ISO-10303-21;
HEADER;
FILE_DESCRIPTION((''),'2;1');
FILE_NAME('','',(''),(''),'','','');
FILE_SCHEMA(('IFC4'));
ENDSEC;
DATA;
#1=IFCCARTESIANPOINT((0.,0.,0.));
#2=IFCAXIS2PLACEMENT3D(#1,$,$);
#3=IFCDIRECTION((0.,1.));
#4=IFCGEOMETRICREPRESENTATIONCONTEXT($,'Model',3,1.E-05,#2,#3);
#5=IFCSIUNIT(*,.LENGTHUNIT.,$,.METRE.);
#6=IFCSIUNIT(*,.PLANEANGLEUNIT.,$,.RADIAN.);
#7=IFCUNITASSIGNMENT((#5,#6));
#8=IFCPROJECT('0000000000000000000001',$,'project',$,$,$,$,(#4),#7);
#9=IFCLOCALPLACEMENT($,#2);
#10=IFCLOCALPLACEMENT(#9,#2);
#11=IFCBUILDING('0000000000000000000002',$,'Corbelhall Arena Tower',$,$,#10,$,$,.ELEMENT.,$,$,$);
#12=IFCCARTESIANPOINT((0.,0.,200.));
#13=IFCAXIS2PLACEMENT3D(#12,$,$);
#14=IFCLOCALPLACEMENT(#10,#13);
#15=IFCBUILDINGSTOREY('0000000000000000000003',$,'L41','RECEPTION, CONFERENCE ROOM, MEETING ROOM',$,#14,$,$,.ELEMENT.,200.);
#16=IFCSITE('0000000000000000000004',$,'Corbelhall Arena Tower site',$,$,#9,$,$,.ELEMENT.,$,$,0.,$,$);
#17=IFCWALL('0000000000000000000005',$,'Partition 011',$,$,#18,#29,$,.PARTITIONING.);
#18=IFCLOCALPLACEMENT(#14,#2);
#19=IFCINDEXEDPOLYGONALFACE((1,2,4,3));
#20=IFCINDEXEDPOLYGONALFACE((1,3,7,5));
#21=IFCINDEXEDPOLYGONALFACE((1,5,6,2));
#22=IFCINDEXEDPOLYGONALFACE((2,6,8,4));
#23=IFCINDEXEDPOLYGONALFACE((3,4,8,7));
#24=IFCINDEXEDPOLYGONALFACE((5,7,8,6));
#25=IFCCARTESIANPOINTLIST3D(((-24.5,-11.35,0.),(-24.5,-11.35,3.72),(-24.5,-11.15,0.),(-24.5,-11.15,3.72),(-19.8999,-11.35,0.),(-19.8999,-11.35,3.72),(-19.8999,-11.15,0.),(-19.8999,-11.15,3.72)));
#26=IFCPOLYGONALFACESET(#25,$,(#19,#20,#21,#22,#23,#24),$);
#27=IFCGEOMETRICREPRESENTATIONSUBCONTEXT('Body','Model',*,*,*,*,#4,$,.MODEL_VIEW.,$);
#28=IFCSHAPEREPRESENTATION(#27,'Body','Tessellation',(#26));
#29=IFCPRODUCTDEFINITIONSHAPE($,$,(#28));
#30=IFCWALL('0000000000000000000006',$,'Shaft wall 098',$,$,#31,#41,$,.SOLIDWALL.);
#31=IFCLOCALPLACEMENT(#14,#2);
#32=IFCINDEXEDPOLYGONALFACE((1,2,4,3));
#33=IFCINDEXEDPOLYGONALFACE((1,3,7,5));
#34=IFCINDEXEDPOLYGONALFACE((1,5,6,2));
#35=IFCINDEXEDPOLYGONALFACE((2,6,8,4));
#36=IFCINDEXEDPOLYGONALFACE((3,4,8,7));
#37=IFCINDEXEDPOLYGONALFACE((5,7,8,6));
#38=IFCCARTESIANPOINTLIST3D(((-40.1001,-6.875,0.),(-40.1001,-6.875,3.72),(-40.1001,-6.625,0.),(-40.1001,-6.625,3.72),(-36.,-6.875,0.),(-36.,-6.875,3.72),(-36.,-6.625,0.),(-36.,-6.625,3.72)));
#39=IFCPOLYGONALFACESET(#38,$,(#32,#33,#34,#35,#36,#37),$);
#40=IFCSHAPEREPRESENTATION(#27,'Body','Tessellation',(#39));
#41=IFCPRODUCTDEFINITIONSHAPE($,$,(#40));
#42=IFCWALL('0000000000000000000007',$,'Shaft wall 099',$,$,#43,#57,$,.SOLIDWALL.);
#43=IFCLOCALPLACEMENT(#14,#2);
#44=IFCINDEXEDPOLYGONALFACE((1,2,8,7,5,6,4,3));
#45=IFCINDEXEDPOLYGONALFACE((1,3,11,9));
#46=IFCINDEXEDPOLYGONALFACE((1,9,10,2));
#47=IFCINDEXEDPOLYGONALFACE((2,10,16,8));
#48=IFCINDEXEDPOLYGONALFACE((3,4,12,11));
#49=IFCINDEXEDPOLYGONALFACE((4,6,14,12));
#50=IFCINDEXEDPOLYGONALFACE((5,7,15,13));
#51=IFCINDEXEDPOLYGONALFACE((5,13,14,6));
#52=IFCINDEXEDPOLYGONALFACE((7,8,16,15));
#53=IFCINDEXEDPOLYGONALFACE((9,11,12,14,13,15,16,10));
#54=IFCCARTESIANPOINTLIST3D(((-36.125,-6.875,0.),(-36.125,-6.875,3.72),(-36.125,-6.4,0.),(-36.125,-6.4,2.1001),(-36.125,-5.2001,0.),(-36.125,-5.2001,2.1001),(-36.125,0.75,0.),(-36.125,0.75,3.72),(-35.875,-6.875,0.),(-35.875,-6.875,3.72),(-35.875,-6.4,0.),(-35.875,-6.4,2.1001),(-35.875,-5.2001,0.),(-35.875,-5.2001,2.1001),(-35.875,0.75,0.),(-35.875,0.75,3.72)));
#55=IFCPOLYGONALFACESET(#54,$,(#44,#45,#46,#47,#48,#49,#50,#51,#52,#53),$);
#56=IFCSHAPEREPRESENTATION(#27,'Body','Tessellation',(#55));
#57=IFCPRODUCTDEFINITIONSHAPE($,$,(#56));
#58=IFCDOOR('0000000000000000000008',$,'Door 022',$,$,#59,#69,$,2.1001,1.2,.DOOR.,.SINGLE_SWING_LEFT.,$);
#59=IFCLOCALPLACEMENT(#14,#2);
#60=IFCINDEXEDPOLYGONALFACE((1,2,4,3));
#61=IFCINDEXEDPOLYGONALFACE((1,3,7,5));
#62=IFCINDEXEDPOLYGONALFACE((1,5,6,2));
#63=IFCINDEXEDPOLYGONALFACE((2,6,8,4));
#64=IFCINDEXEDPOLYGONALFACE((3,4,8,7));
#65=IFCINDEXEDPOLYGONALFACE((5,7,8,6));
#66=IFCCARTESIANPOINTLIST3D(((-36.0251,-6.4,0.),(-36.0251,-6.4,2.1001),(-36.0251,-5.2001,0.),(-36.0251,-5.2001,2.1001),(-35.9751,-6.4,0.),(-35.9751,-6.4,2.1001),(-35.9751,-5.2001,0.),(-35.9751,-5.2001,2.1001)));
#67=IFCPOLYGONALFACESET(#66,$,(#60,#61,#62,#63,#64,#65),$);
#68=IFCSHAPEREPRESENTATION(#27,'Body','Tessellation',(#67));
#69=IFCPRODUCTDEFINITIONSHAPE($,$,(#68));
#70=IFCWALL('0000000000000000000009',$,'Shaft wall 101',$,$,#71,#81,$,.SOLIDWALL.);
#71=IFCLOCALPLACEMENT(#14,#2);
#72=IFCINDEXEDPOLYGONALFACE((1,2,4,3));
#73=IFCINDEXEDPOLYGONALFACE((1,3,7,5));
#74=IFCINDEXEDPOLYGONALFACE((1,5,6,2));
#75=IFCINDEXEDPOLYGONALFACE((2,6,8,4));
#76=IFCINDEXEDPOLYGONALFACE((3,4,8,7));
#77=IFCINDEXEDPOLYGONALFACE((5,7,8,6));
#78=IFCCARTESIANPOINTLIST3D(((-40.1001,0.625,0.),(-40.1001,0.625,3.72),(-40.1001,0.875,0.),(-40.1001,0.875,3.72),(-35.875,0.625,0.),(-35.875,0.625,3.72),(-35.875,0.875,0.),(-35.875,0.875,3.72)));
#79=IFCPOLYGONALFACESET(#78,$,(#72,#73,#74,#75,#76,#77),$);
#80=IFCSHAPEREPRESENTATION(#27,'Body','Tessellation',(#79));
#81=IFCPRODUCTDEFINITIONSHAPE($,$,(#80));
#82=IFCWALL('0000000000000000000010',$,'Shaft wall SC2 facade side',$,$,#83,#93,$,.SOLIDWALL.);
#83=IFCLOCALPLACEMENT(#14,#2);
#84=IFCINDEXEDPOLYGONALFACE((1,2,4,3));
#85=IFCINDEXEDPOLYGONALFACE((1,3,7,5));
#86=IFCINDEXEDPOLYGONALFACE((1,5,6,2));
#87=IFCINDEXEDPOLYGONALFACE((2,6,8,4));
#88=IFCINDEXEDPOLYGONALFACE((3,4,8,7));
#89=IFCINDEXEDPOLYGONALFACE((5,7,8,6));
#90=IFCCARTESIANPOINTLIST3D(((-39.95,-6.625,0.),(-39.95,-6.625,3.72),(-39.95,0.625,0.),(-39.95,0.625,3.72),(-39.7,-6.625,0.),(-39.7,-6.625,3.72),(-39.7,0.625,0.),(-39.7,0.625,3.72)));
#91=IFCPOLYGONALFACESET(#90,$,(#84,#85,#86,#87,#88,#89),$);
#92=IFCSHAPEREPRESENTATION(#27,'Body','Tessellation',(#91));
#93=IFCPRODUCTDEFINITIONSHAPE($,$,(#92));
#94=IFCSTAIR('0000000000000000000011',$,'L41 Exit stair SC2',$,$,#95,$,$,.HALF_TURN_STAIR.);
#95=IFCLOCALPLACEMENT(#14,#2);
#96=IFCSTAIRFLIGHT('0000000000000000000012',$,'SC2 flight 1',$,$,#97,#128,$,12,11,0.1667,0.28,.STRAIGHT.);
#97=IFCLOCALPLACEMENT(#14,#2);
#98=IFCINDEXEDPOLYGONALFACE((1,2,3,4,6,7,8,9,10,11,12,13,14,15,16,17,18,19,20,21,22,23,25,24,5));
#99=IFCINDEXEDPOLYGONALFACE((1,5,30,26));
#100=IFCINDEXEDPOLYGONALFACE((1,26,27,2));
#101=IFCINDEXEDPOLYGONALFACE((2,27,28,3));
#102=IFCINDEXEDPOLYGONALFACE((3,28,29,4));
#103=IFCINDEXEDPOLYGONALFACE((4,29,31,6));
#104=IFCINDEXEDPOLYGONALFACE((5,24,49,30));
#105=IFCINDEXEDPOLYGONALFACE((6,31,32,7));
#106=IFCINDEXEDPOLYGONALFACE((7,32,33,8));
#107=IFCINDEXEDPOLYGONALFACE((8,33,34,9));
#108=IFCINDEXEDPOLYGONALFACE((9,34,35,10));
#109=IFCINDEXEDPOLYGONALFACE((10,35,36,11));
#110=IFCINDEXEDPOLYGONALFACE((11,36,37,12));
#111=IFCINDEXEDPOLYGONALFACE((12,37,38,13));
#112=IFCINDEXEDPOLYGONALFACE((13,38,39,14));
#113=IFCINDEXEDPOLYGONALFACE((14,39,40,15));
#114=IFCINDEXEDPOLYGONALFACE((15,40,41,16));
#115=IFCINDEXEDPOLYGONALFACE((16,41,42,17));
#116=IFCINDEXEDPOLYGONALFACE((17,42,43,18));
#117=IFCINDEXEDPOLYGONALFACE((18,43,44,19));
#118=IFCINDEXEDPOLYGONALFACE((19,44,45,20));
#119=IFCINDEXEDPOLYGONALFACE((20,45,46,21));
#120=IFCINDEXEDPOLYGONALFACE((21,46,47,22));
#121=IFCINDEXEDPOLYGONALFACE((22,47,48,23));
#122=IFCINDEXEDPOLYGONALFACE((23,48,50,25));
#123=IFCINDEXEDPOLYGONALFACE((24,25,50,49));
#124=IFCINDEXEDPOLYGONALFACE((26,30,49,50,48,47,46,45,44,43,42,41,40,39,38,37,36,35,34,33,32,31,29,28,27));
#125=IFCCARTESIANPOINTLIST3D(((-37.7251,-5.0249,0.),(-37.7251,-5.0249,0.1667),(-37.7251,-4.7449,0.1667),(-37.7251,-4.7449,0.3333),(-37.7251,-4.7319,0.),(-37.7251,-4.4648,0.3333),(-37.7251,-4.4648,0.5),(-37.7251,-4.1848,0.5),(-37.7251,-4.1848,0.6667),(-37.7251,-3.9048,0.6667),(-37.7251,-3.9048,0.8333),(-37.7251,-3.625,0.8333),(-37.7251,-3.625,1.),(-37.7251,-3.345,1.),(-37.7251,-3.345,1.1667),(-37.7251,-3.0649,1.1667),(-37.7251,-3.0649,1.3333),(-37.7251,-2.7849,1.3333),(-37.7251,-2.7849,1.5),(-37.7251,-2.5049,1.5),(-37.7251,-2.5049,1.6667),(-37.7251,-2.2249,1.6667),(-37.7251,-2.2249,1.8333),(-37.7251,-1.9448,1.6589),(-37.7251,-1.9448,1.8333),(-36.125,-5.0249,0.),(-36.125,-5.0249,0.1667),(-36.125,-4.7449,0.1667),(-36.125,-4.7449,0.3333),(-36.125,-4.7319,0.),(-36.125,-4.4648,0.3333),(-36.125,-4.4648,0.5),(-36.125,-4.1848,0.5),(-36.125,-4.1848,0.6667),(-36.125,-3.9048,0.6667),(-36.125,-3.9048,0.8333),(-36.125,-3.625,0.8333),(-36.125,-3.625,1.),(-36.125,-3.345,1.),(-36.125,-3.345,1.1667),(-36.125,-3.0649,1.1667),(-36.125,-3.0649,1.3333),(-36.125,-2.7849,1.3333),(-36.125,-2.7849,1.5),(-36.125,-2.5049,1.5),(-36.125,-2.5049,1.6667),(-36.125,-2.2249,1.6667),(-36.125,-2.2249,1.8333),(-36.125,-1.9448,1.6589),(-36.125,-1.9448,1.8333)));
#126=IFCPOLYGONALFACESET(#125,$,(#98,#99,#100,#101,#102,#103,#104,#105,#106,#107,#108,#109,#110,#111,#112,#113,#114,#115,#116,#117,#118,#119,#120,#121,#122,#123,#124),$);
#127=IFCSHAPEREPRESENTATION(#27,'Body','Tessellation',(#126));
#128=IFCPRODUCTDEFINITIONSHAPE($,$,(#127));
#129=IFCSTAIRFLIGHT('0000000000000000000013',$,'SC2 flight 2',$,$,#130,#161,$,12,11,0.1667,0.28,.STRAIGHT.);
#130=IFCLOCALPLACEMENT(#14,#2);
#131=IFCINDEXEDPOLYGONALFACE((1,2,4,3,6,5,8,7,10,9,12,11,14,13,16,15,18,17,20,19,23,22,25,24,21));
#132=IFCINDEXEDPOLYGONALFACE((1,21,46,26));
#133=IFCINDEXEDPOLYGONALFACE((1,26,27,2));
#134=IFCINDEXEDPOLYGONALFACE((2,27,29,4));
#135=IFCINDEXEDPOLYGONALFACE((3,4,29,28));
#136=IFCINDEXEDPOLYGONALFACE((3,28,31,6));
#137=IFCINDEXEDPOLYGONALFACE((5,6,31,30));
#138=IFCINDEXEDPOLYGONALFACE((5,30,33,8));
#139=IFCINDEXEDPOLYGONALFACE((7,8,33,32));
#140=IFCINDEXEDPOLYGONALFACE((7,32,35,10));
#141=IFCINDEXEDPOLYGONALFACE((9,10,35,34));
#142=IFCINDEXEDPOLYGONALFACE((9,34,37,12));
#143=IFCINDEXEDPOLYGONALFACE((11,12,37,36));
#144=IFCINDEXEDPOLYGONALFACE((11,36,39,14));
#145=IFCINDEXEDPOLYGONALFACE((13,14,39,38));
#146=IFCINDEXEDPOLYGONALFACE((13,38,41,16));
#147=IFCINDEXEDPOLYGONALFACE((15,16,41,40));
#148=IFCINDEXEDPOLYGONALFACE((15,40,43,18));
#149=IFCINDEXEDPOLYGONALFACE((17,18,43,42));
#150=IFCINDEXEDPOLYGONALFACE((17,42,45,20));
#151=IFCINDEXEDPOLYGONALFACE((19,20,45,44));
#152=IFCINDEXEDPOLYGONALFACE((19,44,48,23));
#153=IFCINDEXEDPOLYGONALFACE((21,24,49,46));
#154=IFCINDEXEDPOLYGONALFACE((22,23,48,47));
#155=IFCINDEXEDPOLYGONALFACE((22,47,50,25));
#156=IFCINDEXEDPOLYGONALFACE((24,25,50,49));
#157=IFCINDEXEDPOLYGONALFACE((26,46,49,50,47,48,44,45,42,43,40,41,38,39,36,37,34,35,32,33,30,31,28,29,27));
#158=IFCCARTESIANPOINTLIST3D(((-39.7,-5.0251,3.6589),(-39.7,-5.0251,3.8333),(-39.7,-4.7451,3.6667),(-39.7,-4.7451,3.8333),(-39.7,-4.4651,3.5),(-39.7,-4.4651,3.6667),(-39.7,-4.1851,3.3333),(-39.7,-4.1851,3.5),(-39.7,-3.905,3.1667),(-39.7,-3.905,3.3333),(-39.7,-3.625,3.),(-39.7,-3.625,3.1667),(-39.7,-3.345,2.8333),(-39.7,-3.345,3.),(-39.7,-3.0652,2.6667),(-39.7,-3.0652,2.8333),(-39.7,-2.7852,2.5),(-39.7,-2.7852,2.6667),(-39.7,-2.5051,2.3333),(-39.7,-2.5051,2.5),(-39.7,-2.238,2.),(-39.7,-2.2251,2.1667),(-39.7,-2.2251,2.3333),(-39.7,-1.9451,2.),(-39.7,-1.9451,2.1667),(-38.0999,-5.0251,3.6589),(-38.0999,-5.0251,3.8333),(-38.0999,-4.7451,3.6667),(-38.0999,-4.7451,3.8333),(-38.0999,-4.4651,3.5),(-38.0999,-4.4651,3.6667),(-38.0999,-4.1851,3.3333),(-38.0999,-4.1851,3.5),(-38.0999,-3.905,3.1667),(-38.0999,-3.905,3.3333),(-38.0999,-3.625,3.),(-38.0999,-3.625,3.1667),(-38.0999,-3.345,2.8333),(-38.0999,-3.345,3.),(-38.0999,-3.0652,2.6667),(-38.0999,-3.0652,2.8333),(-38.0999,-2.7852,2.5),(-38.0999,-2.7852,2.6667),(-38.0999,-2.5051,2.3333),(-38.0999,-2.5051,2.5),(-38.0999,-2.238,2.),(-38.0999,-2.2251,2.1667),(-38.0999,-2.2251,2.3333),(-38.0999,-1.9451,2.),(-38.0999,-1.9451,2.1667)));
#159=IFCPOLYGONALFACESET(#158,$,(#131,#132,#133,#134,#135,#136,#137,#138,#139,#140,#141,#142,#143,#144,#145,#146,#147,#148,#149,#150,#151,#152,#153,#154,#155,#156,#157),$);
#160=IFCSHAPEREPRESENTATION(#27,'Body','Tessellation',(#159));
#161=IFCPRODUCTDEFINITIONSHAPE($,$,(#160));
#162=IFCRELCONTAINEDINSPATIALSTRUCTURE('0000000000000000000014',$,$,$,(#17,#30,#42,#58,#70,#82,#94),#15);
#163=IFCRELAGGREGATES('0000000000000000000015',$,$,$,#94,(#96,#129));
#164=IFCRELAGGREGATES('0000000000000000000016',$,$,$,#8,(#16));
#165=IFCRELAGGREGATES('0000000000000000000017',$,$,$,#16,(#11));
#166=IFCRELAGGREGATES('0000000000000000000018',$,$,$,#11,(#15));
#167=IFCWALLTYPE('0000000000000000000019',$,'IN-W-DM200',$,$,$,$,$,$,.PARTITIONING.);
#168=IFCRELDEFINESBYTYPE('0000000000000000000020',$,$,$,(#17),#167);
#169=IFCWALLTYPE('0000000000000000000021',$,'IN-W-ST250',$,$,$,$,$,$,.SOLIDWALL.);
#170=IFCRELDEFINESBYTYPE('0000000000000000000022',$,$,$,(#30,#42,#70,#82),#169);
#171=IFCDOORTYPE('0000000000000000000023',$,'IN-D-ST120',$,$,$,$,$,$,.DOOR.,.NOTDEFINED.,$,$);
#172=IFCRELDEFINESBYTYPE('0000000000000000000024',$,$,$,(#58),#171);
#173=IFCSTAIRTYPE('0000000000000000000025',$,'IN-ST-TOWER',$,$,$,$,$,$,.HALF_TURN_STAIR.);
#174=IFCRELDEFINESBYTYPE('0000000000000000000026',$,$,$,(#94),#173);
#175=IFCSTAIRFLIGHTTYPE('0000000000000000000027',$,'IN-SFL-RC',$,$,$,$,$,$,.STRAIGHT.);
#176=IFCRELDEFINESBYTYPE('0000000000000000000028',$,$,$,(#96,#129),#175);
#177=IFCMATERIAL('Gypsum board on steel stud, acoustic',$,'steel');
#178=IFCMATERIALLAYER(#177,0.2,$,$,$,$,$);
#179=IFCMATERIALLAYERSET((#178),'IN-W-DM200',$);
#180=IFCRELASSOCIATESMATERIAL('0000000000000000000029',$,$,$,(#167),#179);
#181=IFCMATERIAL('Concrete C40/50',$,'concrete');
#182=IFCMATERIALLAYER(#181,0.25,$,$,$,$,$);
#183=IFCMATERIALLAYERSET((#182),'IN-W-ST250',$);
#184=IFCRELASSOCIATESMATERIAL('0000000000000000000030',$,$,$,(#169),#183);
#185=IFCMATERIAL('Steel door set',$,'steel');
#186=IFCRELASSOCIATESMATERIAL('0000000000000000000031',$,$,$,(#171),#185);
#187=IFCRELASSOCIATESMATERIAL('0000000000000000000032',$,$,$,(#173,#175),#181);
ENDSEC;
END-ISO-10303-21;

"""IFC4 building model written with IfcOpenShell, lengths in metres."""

from ifc_helpers import new_model, si_unit, direction, frame, frame_2d, origin, place, context, subcontext, project, spatial, polyline, rectangle, outline, extrude, material, layer, layer_set, type_object, element, fill, aggregate, save


model = new_model("IFC4")

# Units and contexts
model_context = context("Model", 3, precision=1e-05, world=origin(), true_north=direction((0.0, 1.0)))
body_context = subcontext(model_context, "Body", "Model", "MODEL_VIEW")
ifc_project = project(units=[si_unit("LENGTHUNIT", "METRE"), si_unit("PLANEANGLEUNIT", "RADIAN")], contexts=[model_context])

# Site, building, storey
site_placement = place(None, origin())
site = spatial("IfcSite", under=ifc_project, at=site_placement, Name="Corbelhall Arena Tower site", CompositionType="ELEMENT", RefElevation=0.0)
building_placement = place(site_placement, origin())
building = spatial("IfcBuilding", under=site, at=building_placement, Name="Corbelhall Arena Tower", CompositionType="ELEMENT")
storey_placement = place(building_placement, frame((0.0, 0.0, 200.0)))
storey = spatial("IfcBuildingStorey", under=building, at=storey_placement, Name="L41", Description="RECEPTION, CONFERENCE ROOM, MEETING ROOM", CompositionType="ELEMENT", Elevation=200.0)

# Shared definitions
ifc_material_1 = material(Name="Gypsum board on steel stud, acoustic", Category="steel")
ifc_layer_1 = layer(ifc_material_1, 0.2)
ifc_layer_set_1 = layer_set([ifc_layer_1], Name="IN-W-DM200")
wall_type_1 = type_object("IfcWallType", Name="IN-W-DM200", PredefinedType="PARTITIONING", material=ifc_layer_set_1)

# Shared definitions
ifc_material_2 = material(Name="Steel door set", Category="steel")

# Walls
wall_1_placement = place(storey_placement, frame((-24.5, -11.25, 0.0), z_axis=(0.0, 0.0, 1.0), x_axis=(1.0, 0.0, 0.0)))
element("IfcWall", 1, at=wall_1_placement, inside=storey, type_object=wall_type_1, Name="Partition 011", PredefinedType="PARTITIONING", context=body_context, shape_type="SweptSolid", body=[
    extrude(rectangle(XDim=4.6001, YDim=0.2, at=frame_2d((2.3, 0.0))), origin(), (0.0, 0.0, 1.0), 3.72),
])
ifc_material_3 = material(Name="Concrete C40/50", Category="concrete")
ifc_layer_2 = layer(ifc_material_3, 0.25)
ifc_layer_set_2 = layer_set([ifc_layer_2], Name="IN-W-ST250")
wall_type_2 = type_object("IfcWallType", Name="IN-W-ST250", PredefinedType="SOLIDWALL", material=ifc_layer_set_2)
wall_2_placement = place(storey_placement, frame((-36.0, -6.75, 0.0), z_axis=(0.0, 0.0, 1.0), x_axis=(-1.0, 0.0, 0.0)))
element("IfcWall", 2, at=wall_2_placement, inside=storey, type_object=wall_type_2, Name="Shaft wall 098", PredefinedType="SOLIDWALL", context=body_context, shape_type="SweptSolid", body=[
    extrude(rectangle(XDim=4.1001, YDim=0.25, at=frame_2d((2.05, 0.0))), origin(), (0.0, 0.0, 1.0), 3.72),
])

# Wall, opening, door
wall_3_placement = place(storey_placement, frame((-36.0, 0.75, 0.0), z_axis=(0.0, 0.0, 1.0), x_axis=(0.0, -1.0, 0.0)))
wall_3 = element("IfcWall", 3, at=wall_3_placement, inside=storey, type_object=wall_type_2, Name="Shaft wall 099", PredefinedType="SOLIDWALL", context=body_context, shape_type="SweptSolid", body=[
    extrude(rectangle(XDim=7.625, YDim=0.25, at=frame_2d((3.8125, 0.0))), origin(), (0.0, 0.0, 1.0), 3.72),
])
opening_1_placement = place(wall_3_placement, frame((5.95, 0.0, 0.0)))
opening_1 = element("IfcOpeningElement", 4, at=opening_1_placement, cuts=wall_3, PredefinedType="OPENING", context=body_context, shape_type="SweptSolid", body=[
    extrude(rectangle(XDim=1.2, YDim=2.1001, at=frame_2d((0.6001, 1.05))), frame((0.0, 0.125, 0.0), z_axis=(0.0, -1.0, 0.0), x_axis=(1.0, 0.0, 0.0)), (0.0, 0.0, 1.0), 0.25),
])
door_type_1 = type_object("IfcDoorType", Name="IN-D-ST120", OperationType="NOTDEFINED", PredefinedType="DOOR", material=ifc_material_2)
door_1_placement = place(opening_1_placement, origin())
door_1 = element("IfcDoor", 5, at=door_1_placement, inside=storey, type_object=door_type_1, Name="Door 022", OperationType="SINGLE_SWING_LEFT", OverallHeight=2.1001, OverallWidth=1.2, PredefinedType="DOOR", context=body_context, shape_type="SweptSolid", body=[
    extrude(rectangle(XDim=1.2, YDim=2.1001, at=frame_2d((0.6001, 1.05))), frame((0.0, 0.0249, 0.0), z_axis=(0.0, -1.0, 0.0), x_axis=(1.0, 0.0, 0.0)), (0.0, 0.0, 1.0), 0.05),
])
fill(opening_1, door_1)

# Walls
wall_4_placement = place(storey_placement, frame((-35.875, 0.75, 0.0), z_axis=(0.0, 0.0, 1.0), x_axis=(-1.0, 0.0, 0.0)))
element("IfcWall", 6, at=wall_4_placement, inside=storey, type_object=wall_type_2, Name="Shaft wall 101", PredefinedType="SOLIDWALL", context=body_context, shape_type="SweptSolid", body=[
    extrude(rectangle(XDim=4.2251, YDim=0.25, at=frame_2d((2.1125, 0.0))), origin(), (0.0, 0.0, 1.0), 3.72),
])
wall_5_placement = place(storey_placement, frame((-39.825, -6.625, 0.0), z_axis=(0.0, 0.0, 1.0), x_axis=(0.0, 1.0, 0.0)))
element("IfcWall", 7, at=wall_5_placement, inside=storey, type_object=wall_type_2, Name="Shaft wall SC2 facade side", PredefinedType="SOLIDWALL", context=body_context, shape_type="SweptSolid", body=[
    extrude(rectangle(XDim=7.25, YDim=0.25, at=frame_2d((3.625, 0.0))), origin(), (0.0, 0.0, 1.0), 3.72),
])

# Stair, stair flights
stair_type = type_object("IfcStairType", Name="IN-ST-TOWER", PredefinedType="HALF_TURN_STAIR", material=ifc_material_3)
stair_placement = place(storey_placement, origin())
stair = element("IfcStair", 8, at=stair_placement, inside=storey, type_object=stair_type, Name="L41 Exit stair SC2", PredefinedType="HALF_TURN_STAIR")
stair_flight_type = type_object("IfcStairFlightType", Name="IN-SFL-RC", PredefinedType="STRAIGHT", material=ifc_material_3)
stair_flight_1_placement = place(storey_placement, frame((-36.925, -5.0249, 0.0), z_axis=(0.0, 0.0, 1.0), x_axis=(0.0, 1.0, 0.0)))
stair_flight_1 = element("IfcStairFlight", 9, at=stair_flight_1_placement, type_object=stair_flight_type, Name="SC2 flight 1", NumberOfRisers=12, NumberOfTreads=11, PredefinedType="STRAIGHT", RiserHeight=0.1667, TreadLength=0.28, context=body_context, shape_type="SweptSolid", body=[
    extrude(outline(polyline([(0.0, 0.0), (0.0, 0.1667), (0.28, 0.1667), (0.28, 0.3333), (0.5601, 0.3333), (0.5601, 0.5), (0.8401, 0.5), (0.8401, 0.6667), (1.1201, 0.6667), (1.1201, 0.8333), (1.3999, 0.8333), (1.3999, 1.0), (1.6799, 1.0), (1.6799, 1.1667), (1.96, 1.1667), (1.96, 1.3333), (2.24, 1.3333), (2.24, 1.5), (2.52, 1.5), (2.52, 1.6667), (2.8, 1.6667), (2.8, 1.8333), (3.0801, 1.8333), (3.0801, 2.0), (3.0801, 1.6589), (0.293, 0.0), (0.0, 0.0)])), frame((0.0, 0.8, 0.0), z_axis=(0.0, -1.0, 0.0), x_axis=(1.0, 0.0, 0.0)), (0.0, 0.0, 1.0), 1.6001),
])
stair_flight_2_placement = place(storey_placement, frame((-38.8999, -1.9451, 2.0), z_axis=(0.0, 0.0, 1.0), x_axis=(0.0, -1.0, 0.0)))
stair_flight_2 = element("IfcStairFlight", 10, at=stair_flight_2_placement, type_object=stair_flight_type, Name="SC2 flight 2", NumberOfRisers=12, NumberOfTreads=11, PredefinedType="STRAIGHT", RiserHeight=0.1667, TreadLength=0.28, context=body_context, shape_type="SweptSolid", body=[
    extrude(outline(polyline([(0.0, 0.0), (0.0, 0.1667), (0.28, 0.1667), (0.28, 0.3333), (0.5601, 0.3333), (0.5601, 0.5), (0.8401, 0.5), (0.8401, 0.6667), (1.1201, 0.6667), (1.1201, 0.8333), (1.3999, 0.8333), (1.3999, 1.0), (1.6799, 1.0), (1.6799, 1.1667), (1.96, 1.1667), (1.96, 1.3333), (2.24, 1.3333), (2.24, 1.5), (2.52, 1.5), (2.52, 1.6667), (2.8, 1.6667), (2.8, 1.8333), (3.0801, 1.8333), (3.0801, 2.0), (3.0801, 1.6589), (0.293, 0.0), (0.0, 0.0)])), frame((0.0, 0.8, 0.0), z_axis=(0.0, -1.0, 0.0), x_axis=(1.0, 0.0, 0.0)), (0.0, 0.0, 1.0), 1.6001),
])
aggregate(stair, [stair_flight_1, stair_flight_2])

save(model, "model.ifc")
